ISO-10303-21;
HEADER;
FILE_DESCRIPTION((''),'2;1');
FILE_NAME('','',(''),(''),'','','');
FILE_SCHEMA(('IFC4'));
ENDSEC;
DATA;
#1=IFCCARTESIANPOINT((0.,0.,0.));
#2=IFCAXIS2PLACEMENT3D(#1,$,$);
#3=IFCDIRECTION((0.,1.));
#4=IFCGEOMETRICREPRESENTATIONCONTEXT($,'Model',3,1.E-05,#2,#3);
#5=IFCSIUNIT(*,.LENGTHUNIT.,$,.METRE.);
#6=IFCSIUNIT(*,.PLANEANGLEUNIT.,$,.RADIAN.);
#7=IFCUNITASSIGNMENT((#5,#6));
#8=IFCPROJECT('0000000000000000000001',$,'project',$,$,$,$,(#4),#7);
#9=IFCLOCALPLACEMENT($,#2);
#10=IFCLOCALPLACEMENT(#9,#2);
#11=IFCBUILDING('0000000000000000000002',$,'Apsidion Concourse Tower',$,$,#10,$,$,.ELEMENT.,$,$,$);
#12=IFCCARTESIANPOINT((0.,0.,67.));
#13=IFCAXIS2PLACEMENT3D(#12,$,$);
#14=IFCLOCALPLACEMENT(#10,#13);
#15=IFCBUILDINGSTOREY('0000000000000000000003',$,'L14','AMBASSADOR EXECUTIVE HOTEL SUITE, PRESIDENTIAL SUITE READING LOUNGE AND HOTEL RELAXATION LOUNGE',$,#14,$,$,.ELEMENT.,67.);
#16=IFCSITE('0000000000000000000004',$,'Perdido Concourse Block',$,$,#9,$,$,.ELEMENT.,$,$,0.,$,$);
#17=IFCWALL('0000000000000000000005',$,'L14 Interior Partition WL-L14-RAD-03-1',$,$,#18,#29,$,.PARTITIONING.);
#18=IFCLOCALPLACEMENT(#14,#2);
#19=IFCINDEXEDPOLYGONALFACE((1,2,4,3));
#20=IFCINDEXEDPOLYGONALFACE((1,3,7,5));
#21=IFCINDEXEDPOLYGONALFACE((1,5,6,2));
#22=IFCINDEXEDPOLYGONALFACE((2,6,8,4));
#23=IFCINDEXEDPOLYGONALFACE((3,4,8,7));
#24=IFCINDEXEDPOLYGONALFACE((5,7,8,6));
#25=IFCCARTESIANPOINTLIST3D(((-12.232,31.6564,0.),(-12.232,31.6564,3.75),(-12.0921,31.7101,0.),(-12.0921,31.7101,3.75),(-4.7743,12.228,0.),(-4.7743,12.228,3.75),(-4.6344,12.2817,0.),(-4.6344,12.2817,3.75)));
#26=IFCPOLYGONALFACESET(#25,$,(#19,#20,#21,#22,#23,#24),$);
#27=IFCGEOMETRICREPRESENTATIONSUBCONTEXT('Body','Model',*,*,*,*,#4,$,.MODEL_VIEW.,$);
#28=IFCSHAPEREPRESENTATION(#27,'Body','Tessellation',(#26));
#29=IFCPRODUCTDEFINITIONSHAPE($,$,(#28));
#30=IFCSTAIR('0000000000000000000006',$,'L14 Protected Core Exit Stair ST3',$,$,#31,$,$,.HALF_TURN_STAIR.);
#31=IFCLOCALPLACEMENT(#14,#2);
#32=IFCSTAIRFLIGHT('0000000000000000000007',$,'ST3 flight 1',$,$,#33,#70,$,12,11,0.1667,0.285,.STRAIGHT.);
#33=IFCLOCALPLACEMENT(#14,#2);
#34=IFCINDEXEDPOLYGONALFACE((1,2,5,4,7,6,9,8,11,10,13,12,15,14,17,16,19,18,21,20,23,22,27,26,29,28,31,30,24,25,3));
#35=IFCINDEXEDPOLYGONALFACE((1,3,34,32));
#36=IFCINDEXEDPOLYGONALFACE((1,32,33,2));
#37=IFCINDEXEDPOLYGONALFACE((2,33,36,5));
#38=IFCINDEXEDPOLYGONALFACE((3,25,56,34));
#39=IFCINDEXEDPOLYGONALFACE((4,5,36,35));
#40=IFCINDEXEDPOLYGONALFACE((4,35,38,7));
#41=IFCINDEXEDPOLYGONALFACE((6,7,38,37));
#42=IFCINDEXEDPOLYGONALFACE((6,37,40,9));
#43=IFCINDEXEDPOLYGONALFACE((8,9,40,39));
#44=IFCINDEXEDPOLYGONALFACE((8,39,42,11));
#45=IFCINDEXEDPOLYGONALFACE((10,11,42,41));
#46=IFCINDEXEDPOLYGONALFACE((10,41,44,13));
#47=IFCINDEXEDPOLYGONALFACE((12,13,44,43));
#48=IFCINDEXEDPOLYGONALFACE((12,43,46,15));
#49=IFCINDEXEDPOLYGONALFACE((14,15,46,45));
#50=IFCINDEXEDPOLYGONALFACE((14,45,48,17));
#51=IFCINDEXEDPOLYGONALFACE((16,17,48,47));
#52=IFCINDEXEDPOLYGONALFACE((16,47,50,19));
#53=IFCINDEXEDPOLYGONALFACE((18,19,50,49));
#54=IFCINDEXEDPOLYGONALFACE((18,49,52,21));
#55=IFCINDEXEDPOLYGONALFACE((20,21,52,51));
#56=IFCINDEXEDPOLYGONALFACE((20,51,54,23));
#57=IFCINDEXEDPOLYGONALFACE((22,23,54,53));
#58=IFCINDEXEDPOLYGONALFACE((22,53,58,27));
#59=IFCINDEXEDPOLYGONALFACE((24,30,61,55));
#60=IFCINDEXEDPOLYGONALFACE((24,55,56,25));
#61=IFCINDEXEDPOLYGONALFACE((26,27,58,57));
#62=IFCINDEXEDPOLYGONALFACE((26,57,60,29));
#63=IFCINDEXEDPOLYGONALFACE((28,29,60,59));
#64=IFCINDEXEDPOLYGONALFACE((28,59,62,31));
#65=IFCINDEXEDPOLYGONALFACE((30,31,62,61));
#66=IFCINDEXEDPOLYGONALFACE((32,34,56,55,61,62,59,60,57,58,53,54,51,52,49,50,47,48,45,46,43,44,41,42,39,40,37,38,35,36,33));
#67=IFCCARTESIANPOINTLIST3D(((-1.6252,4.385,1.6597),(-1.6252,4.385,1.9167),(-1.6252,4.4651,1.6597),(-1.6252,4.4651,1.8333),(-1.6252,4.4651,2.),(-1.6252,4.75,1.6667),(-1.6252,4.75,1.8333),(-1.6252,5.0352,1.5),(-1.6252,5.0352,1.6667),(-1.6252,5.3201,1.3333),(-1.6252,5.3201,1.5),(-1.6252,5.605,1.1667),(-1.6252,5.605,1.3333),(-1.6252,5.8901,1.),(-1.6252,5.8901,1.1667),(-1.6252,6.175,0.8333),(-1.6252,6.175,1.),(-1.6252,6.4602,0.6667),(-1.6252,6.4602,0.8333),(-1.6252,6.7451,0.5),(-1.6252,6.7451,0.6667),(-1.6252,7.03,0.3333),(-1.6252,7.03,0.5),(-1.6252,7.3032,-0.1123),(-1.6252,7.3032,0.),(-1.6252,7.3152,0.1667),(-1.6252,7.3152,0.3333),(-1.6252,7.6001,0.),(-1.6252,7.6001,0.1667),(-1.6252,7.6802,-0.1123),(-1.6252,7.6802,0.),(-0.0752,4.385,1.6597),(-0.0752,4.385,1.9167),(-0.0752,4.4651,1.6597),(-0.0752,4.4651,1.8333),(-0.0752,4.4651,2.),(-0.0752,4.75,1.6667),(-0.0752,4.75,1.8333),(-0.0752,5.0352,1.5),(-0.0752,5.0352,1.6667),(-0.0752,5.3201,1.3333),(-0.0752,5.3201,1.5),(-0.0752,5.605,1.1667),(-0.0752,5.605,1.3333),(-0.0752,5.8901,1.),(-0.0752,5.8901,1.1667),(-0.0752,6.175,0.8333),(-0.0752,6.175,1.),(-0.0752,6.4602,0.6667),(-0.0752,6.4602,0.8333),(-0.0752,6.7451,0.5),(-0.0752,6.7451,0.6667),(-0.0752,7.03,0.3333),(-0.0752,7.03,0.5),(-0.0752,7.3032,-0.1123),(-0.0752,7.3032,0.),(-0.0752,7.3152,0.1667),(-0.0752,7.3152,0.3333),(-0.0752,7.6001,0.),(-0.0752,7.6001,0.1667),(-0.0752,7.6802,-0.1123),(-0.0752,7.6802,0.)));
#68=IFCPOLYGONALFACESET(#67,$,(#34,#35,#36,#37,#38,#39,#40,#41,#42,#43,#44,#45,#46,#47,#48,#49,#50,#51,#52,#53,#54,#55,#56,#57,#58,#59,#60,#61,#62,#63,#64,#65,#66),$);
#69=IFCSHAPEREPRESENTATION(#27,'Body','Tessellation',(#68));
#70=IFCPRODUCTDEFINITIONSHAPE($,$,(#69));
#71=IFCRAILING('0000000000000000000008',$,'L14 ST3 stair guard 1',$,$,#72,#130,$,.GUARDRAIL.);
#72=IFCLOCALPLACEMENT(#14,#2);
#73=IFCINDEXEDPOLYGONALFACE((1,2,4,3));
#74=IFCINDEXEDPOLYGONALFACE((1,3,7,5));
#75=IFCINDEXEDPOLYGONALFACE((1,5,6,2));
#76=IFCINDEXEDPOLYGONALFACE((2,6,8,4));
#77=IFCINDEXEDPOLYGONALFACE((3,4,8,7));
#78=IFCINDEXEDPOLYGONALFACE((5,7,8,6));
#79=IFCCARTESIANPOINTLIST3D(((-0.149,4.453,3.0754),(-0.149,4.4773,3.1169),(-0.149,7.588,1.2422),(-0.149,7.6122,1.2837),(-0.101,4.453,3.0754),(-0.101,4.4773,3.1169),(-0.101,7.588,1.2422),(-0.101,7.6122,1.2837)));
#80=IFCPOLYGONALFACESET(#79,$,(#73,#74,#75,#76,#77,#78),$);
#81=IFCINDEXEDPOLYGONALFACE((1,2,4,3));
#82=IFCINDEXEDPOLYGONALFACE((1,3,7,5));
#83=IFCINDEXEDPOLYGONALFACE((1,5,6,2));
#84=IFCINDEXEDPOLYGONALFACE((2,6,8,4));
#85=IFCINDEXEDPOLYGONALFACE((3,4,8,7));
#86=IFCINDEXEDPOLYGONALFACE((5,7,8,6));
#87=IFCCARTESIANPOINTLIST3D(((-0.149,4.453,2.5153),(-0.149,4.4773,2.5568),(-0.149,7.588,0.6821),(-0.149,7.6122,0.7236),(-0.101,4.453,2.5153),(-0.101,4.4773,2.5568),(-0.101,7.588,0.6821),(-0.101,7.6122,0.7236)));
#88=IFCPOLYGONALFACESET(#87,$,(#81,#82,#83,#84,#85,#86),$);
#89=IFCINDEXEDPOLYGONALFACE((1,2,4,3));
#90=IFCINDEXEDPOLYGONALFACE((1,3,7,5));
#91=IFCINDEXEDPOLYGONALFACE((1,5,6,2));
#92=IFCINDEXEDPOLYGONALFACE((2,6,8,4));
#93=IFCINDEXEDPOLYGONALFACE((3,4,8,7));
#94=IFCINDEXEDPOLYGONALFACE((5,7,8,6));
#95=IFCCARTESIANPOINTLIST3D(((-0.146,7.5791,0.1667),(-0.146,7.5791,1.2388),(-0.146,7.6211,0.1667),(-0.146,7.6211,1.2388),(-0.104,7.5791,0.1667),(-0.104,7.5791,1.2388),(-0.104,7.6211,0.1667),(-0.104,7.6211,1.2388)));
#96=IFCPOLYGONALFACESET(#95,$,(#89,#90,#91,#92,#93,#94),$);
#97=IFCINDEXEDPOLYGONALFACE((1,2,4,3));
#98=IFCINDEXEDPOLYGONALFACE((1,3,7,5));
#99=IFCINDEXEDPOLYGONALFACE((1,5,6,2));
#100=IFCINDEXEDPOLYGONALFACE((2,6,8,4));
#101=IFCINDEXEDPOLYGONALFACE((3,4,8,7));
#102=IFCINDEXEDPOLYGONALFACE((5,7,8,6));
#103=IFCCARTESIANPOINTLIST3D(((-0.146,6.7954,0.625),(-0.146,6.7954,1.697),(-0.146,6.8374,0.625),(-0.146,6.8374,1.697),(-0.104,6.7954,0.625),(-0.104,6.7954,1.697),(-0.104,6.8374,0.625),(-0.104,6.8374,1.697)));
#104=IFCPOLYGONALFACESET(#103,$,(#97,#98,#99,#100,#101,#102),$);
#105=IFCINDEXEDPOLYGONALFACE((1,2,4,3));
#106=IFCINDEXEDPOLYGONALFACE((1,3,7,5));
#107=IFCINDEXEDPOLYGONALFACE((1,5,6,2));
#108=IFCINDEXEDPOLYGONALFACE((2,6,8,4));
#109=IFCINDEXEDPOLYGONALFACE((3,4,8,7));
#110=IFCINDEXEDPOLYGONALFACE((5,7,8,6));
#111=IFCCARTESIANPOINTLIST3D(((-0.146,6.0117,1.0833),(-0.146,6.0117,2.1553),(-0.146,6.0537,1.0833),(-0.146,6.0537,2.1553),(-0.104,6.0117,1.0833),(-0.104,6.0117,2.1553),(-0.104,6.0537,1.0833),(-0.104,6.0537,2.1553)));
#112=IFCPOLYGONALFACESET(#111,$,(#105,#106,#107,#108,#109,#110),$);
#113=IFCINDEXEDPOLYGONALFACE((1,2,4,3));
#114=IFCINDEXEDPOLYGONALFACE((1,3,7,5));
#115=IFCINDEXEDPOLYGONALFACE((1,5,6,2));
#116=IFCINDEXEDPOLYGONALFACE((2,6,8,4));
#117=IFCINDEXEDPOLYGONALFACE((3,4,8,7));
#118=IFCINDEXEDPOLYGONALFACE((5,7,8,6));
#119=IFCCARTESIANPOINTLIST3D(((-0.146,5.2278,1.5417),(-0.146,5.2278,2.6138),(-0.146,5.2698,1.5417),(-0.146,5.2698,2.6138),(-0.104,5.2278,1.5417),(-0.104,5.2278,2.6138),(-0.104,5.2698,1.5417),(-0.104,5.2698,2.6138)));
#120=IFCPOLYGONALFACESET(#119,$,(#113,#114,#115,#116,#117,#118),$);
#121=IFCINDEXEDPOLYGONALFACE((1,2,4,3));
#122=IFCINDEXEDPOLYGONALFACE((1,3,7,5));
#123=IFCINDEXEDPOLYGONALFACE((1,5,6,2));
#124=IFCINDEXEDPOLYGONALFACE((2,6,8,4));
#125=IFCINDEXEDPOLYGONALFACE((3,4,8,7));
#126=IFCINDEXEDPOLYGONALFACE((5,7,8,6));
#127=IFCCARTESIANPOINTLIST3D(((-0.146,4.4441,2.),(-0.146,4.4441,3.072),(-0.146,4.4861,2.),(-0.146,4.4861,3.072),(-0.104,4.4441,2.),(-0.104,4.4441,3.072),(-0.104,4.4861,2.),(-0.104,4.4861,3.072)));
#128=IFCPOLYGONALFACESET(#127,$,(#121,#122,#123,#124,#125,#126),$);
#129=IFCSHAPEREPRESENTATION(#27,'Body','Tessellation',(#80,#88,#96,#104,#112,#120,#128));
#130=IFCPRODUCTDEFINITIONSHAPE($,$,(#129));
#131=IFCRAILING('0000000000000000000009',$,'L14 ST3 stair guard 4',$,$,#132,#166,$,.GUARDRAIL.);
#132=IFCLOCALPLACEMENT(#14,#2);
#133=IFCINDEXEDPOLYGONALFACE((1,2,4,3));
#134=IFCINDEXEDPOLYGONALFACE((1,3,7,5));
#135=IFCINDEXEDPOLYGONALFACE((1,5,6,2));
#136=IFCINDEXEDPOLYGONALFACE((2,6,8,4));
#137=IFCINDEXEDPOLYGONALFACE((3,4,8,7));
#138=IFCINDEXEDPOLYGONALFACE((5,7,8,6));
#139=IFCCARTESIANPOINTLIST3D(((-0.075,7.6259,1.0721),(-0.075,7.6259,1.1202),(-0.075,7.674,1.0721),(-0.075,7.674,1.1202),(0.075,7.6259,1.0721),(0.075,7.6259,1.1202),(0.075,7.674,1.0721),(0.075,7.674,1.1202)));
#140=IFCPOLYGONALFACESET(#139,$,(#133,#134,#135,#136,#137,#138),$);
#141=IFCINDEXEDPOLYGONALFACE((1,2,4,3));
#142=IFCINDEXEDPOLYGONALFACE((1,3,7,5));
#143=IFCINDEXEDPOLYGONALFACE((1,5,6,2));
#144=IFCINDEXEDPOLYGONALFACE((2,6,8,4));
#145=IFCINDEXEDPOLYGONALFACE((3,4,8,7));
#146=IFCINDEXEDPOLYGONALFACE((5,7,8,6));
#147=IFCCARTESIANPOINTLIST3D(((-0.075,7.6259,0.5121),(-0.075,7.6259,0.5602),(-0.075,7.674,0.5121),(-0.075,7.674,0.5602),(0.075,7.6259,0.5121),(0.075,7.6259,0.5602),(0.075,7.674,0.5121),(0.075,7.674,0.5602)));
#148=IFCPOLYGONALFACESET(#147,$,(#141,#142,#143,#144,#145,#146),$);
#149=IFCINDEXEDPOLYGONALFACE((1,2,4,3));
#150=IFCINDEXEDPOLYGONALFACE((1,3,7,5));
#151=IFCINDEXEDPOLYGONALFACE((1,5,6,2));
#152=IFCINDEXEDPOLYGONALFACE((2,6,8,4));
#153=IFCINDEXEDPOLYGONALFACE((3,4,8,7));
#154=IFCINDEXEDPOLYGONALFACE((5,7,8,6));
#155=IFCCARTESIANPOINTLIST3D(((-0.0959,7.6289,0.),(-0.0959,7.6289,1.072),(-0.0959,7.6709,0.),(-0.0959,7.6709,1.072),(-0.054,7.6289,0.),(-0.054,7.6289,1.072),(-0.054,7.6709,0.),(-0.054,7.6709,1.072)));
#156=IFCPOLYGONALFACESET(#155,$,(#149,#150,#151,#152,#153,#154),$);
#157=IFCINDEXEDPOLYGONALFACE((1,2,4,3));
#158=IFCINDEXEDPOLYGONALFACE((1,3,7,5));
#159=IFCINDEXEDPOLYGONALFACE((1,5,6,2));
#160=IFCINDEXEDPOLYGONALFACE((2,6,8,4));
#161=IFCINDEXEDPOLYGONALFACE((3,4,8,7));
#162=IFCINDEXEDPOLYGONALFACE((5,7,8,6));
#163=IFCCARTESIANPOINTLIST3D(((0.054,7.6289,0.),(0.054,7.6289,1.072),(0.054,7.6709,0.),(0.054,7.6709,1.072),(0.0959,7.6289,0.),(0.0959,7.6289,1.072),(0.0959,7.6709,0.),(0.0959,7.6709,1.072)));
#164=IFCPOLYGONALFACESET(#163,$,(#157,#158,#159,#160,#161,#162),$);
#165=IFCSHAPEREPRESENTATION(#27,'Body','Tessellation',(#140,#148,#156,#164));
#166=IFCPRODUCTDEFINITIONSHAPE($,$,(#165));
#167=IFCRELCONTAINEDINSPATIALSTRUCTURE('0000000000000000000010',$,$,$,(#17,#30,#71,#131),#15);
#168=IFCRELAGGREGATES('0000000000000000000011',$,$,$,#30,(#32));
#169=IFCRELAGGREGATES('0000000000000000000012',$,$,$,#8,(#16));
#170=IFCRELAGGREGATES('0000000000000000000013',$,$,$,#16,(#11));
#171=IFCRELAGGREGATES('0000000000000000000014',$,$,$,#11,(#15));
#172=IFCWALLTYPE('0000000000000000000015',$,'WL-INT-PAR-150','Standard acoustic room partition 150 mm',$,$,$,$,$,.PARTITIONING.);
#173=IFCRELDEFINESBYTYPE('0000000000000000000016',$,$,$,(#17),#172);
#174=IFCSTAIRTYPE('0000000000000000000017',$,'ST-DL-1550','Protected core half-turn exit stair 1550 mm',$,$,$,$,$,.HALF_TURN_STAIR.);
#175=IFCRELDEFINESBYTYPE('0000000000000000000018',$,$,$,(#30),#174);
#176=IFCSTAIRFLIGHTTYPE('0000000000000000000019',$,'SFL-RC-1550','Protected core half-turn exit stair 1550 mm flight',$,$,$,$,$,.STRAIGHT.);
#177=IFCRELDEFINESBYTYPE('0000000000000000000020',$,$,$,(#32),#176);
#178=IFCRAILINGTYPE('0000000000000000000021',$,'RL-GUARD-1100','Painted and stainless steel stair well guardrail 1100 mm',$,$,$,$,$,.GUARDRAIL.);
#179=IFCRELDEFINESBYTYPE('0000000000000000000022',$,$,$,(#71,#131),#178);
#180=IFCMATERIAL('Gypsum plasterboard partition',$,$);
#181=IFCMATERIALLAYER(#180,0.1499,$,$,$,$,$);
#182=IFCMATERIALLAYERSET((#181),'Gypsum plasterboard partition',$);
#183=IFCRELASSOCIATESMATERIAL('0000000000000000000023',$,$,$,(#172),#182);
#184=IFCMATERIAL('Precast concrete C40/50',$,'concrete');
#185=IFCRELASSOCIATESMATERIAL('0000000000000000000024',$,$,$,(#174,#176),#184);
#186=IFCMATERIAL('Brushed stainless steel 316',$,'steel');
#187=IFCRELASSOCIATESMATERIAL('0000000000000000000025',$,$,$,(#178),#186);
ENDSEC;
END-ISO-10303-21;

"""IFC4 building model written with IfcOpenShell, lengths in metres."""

from ifc_helpers import new_model, si_unit, direction, frame, frame_2d, origin, origin_2d, place, context, subcontext, project, spatial, polyline, rectangle, outline, extrude, material, layer, layer_set, type_object, element, aggregate, save


model = new_model("IFC4")

# Units and contexts
model_context = context("Model", 3, precision=1e-05, world=origin(), true_north=direction((0.0, 1.0)))
body_context = subcontext(model_context, "Body", "Model", "MODEL_VIEW")
ifc_project = project(units=[si_unit("LENGTHUNIT", "METRE"), si_unit("PLANEANGLEUNIT", "RADIAN")], contexts=[model_context])

# Site, building, storey
site_placement = place(None, origin())
site = spatial("IfcSite", under=ifc_project, at=site_placement, Name="Perdido Concourse Block", CompositionType="ELEMENT", RefElevation=0.0)
building_placement = place(site_placement, origin())
building = spatial("IfcBuilding", under=site, at=building_placement, Name="Apsidion Concourse Tower", CompositionType="ELEMENT")
storey_placement = place(building_placement, frame((0.0, 0.0, 67.0)))
storey = spatial("IfcBuildingStorey", under=building, at=storey_placement, Name="L14", Description="AMBASSADOR EXECUTIVE HOTEL SUITE, PRESIDENTIAL SUITE READING LOUNGE AND HOTEL RELAXATION LOUNGE", CompositionType="ELEMENT", Elevation=67.0)

# Shared definitions
ifc_material_1 = material(Name="Precast concrete C40/50", Category="concrete")

# Shared definitions
ifc_material_2 = material(Name="Gypsum plasterboard partition")

# Shared definitions
ifc_layer_1 = layer(ifc_material_2, 0.1499)
ifc_layer_set_1 = layer_set([ifc_layer_1], Name="Gypsum plasterboard partition")
wall_type_1 = type_object("IfcWallType", Name="WL-INT-PAR-150", Description="Standard acoustic room partition 150 mm", PredefinedType="PARTITIONING", material=ifc_layer_set_1)
ifc_material_3 = material(Name="Brushed stainless steel 316", Category="steel")

# Wall
wall_1_placement = place(storey_placement, frame((-4.7043, 12.2549, 0.0), z_axis=(0.0, 0.0, 1.0), x_axis=(-0.358363, 0.933582, 0.0)))
element("IfcWall", 1, at=wall_1_placement, inside=storey, type_object=wall_type_1, Name="L14 Interior Partition WL-L14-RAD-03-1", PredefinedType="PARTITIONING", context=body_context, shape_type="SweptSolid", body=[
    extrude(rectangle(XDim=20.8105, YDim=0.1499, at=frame_2d((10.4053, 0.0))), origin(), (0.0, 0.0, 1.0), 3.75),
])

# Stair, stair flight
stair_type = type_object("IfcStairType", Name="ST-DL-1550", Description="Protected core half-turn exit stair 1550 mm", PredefinedType="HALF_TURN_STAIR", material=ifc_material_1)
stair_placement = place(storey_placement, origin())
stair = element("IfcStair", 2, at=stair_placement, inside=storey, type_object=stair_type, Name="L14 Protected Core Exit Stair ST3", PredefinedType="HALF_TURN_STAIR")
stair_flight_type = type_object("IfcStairFlightType", Name="SFL-RC-1550", Description="Protected core half-turn exit stair 1550 mm flight", PredefinedType="STRAIGHT", material=ifc_material_1)
stair_flight_placement = place(storey_placement, frame((-0.8501, 7.6001, 0.0), z_axis=(0.0, 0.0, 1.0), x_axis=(0.0, -1.0, 0.0)))
stair_flight = element("IfcStairFlight", 3, at=stair_flight_placement, type_object=stair_flight_type, Name="ST3 flight 1", NumberOfRisers=12, NumberOfTreads=11, PredefinedType="STRAIGHT", RiserHeight=0.1667, TreadLength=0.285, context=body_context, shape_type="SweptSolid", body=[
    extrude(outline(polyline([(-0.0801, -0.1123), (-0.0801, 0.0), (0.0, 0.0), (0.0, 0.1667), (0.2849, 0.1667), (0.2849, 0.3333), (0.5701, 0.3333), (0.5701, 0.5), (0.855, 0.5), (0.855, 0.6667), (1.1399, 0.6667), (1.1399, 0.8333), (1.425, 0.8333), (1.425, 1.0), (1.71, 1.0), (1.71, 1.1667), (1.9951, 1.1667), (1.9951, 1.3333), (2.28, 1.3333), (2.28, 1.5), (2.5649, 1.5), (2.5649, 1.6667), (2.8501, 1.6667), (2.8501, 1.8333), (3.135, 1.8333), (3.135, 2.0), (3.2151, 1.9167), (3.2151, 1.6597), (3.135, 1.6597), (0.2969, 0.0), (0.2969, -0.1123), (-0.0801, -0.1123)])), frame((0.0, 0.7749, 0.0), z_axis=(0.0, -1.0, 0.0), x_axis=(1.0, 0.0, 0.0)), (0.0, 0.0, 1.0), 1.55),
])
aggregate(stair, [stair_flight])

# Railings
railing_type_1 = type_object("IfcRailingType", Name="RL-GUARD-1100", Description="Painted and stainless steel stair well guardrail 1100 mm", PredefinedType="GUARDRAIL", material=ifc_material_3)
railing_1_placement = place(storey_placement, frame((-0.125, 7.6001, 0.1667)))
element("IfcRailing", 4, at=railing_1_placement, inside=storey, type_object=railing_type_1, Name="L14 ST3 stair guard 1", PredefinedType="GUARDRAIL", context=body_context, shape_type="SweptSolid", body=[
    extrude(rectangle(XDim=0.0481, YDim=0.0481, at=origin_2d()), frame((0.0, 0.0, 1.0962), z_axis=(0.0, -0.86324, 0.504794), x_axis=(1.0, 0.0, 0.0)), (0.0, 0.0, 1.0), 3.6316),
    extrude(rectangle(XDim=0.0481, YDim=0.0481, at=origin_2d()), frame((0.0, 0.0, 0.5361), z_axis=(0.0, -0.86324, 0.504794), x_axis=(1.0, 0.0, 0.0)), (0.0, 0.0, 1.0), 3.6316),
    extrude(rectangle(XDim=0.042, YDim=0.042, at=origin_2d()), origin(), (0.0, 0.0, 1.0), 1.072),
    extrude(rectangle(XDim=0.042, YDim=0.042, at=origin_2d()), frame((0.0, -0.7837, 0.4583)), (0.0, 0.0, 1.0), 1.072),
    extrude(rectangle(XDim=0.042, YDim=0.042, at=origin_2d()), frame((0.0, -1.5674, 0.9165)), (0.0, 0.0, 1.0), 1.072),
    extrude(rectangle(XDim=0.042, YDim=0.042, at=origin_2d()), frame((0.0, -2.3513, 1.375)), (0.0, 0.0, 1.0), 1.072),
    extrude(rectangle(XDim=0.042, YDim=0.042, at=origin_2d()), frame((0.0, -3.135, 1.8333)), (0.0, 0.0, 1.0), 1.072),
])
railing_2_placement = place(storey_placement, frame((-0.075, 7.6499, 0.0)))
element("IfcRailing", 5, at=railing_2_placement, inside=storey, type_object=railing_type_1, Name="L14 ST3 stair guard 4", PredefinedType="GUARDRAIL", context=body_context, shape_type="SweptSolid", body=[
    extrude(rectangle(XDim=0.0481, YDim=0.0481, at=origin_2d()), frame((0.0, 0.0, 1.0962), z_axis=(1.0, 0.0, 0.0), x_axis=(0.0, 1.0, 0.0)), (0.0, 0.0, 1.0), 0.1499),
    extrude(rectangle(XDim=0.0481, YDim=0.0481, at=origin_2d()), frame((0.0, 0.0, 0.5361), z_axis=(1.0, 0.0, 0.0), x_axis=(0.0, 1.0, 0.0)), (0.0, 0.0, 1.0), 0.1499),
    extrude(rectangle(XDim=0.042, YDim=0.042, at=origin_2d()), origin(), (0.0, 0.0, 1.0), 1.072),
    extrude(rectangle(XDim=0.042, YDim=0.042, at=origin_2d()), frame((0.1499, 0.0, 0.0)), (0.0, 0.0, 1.0), 1.072),
])

save(model, "model.ifc")
